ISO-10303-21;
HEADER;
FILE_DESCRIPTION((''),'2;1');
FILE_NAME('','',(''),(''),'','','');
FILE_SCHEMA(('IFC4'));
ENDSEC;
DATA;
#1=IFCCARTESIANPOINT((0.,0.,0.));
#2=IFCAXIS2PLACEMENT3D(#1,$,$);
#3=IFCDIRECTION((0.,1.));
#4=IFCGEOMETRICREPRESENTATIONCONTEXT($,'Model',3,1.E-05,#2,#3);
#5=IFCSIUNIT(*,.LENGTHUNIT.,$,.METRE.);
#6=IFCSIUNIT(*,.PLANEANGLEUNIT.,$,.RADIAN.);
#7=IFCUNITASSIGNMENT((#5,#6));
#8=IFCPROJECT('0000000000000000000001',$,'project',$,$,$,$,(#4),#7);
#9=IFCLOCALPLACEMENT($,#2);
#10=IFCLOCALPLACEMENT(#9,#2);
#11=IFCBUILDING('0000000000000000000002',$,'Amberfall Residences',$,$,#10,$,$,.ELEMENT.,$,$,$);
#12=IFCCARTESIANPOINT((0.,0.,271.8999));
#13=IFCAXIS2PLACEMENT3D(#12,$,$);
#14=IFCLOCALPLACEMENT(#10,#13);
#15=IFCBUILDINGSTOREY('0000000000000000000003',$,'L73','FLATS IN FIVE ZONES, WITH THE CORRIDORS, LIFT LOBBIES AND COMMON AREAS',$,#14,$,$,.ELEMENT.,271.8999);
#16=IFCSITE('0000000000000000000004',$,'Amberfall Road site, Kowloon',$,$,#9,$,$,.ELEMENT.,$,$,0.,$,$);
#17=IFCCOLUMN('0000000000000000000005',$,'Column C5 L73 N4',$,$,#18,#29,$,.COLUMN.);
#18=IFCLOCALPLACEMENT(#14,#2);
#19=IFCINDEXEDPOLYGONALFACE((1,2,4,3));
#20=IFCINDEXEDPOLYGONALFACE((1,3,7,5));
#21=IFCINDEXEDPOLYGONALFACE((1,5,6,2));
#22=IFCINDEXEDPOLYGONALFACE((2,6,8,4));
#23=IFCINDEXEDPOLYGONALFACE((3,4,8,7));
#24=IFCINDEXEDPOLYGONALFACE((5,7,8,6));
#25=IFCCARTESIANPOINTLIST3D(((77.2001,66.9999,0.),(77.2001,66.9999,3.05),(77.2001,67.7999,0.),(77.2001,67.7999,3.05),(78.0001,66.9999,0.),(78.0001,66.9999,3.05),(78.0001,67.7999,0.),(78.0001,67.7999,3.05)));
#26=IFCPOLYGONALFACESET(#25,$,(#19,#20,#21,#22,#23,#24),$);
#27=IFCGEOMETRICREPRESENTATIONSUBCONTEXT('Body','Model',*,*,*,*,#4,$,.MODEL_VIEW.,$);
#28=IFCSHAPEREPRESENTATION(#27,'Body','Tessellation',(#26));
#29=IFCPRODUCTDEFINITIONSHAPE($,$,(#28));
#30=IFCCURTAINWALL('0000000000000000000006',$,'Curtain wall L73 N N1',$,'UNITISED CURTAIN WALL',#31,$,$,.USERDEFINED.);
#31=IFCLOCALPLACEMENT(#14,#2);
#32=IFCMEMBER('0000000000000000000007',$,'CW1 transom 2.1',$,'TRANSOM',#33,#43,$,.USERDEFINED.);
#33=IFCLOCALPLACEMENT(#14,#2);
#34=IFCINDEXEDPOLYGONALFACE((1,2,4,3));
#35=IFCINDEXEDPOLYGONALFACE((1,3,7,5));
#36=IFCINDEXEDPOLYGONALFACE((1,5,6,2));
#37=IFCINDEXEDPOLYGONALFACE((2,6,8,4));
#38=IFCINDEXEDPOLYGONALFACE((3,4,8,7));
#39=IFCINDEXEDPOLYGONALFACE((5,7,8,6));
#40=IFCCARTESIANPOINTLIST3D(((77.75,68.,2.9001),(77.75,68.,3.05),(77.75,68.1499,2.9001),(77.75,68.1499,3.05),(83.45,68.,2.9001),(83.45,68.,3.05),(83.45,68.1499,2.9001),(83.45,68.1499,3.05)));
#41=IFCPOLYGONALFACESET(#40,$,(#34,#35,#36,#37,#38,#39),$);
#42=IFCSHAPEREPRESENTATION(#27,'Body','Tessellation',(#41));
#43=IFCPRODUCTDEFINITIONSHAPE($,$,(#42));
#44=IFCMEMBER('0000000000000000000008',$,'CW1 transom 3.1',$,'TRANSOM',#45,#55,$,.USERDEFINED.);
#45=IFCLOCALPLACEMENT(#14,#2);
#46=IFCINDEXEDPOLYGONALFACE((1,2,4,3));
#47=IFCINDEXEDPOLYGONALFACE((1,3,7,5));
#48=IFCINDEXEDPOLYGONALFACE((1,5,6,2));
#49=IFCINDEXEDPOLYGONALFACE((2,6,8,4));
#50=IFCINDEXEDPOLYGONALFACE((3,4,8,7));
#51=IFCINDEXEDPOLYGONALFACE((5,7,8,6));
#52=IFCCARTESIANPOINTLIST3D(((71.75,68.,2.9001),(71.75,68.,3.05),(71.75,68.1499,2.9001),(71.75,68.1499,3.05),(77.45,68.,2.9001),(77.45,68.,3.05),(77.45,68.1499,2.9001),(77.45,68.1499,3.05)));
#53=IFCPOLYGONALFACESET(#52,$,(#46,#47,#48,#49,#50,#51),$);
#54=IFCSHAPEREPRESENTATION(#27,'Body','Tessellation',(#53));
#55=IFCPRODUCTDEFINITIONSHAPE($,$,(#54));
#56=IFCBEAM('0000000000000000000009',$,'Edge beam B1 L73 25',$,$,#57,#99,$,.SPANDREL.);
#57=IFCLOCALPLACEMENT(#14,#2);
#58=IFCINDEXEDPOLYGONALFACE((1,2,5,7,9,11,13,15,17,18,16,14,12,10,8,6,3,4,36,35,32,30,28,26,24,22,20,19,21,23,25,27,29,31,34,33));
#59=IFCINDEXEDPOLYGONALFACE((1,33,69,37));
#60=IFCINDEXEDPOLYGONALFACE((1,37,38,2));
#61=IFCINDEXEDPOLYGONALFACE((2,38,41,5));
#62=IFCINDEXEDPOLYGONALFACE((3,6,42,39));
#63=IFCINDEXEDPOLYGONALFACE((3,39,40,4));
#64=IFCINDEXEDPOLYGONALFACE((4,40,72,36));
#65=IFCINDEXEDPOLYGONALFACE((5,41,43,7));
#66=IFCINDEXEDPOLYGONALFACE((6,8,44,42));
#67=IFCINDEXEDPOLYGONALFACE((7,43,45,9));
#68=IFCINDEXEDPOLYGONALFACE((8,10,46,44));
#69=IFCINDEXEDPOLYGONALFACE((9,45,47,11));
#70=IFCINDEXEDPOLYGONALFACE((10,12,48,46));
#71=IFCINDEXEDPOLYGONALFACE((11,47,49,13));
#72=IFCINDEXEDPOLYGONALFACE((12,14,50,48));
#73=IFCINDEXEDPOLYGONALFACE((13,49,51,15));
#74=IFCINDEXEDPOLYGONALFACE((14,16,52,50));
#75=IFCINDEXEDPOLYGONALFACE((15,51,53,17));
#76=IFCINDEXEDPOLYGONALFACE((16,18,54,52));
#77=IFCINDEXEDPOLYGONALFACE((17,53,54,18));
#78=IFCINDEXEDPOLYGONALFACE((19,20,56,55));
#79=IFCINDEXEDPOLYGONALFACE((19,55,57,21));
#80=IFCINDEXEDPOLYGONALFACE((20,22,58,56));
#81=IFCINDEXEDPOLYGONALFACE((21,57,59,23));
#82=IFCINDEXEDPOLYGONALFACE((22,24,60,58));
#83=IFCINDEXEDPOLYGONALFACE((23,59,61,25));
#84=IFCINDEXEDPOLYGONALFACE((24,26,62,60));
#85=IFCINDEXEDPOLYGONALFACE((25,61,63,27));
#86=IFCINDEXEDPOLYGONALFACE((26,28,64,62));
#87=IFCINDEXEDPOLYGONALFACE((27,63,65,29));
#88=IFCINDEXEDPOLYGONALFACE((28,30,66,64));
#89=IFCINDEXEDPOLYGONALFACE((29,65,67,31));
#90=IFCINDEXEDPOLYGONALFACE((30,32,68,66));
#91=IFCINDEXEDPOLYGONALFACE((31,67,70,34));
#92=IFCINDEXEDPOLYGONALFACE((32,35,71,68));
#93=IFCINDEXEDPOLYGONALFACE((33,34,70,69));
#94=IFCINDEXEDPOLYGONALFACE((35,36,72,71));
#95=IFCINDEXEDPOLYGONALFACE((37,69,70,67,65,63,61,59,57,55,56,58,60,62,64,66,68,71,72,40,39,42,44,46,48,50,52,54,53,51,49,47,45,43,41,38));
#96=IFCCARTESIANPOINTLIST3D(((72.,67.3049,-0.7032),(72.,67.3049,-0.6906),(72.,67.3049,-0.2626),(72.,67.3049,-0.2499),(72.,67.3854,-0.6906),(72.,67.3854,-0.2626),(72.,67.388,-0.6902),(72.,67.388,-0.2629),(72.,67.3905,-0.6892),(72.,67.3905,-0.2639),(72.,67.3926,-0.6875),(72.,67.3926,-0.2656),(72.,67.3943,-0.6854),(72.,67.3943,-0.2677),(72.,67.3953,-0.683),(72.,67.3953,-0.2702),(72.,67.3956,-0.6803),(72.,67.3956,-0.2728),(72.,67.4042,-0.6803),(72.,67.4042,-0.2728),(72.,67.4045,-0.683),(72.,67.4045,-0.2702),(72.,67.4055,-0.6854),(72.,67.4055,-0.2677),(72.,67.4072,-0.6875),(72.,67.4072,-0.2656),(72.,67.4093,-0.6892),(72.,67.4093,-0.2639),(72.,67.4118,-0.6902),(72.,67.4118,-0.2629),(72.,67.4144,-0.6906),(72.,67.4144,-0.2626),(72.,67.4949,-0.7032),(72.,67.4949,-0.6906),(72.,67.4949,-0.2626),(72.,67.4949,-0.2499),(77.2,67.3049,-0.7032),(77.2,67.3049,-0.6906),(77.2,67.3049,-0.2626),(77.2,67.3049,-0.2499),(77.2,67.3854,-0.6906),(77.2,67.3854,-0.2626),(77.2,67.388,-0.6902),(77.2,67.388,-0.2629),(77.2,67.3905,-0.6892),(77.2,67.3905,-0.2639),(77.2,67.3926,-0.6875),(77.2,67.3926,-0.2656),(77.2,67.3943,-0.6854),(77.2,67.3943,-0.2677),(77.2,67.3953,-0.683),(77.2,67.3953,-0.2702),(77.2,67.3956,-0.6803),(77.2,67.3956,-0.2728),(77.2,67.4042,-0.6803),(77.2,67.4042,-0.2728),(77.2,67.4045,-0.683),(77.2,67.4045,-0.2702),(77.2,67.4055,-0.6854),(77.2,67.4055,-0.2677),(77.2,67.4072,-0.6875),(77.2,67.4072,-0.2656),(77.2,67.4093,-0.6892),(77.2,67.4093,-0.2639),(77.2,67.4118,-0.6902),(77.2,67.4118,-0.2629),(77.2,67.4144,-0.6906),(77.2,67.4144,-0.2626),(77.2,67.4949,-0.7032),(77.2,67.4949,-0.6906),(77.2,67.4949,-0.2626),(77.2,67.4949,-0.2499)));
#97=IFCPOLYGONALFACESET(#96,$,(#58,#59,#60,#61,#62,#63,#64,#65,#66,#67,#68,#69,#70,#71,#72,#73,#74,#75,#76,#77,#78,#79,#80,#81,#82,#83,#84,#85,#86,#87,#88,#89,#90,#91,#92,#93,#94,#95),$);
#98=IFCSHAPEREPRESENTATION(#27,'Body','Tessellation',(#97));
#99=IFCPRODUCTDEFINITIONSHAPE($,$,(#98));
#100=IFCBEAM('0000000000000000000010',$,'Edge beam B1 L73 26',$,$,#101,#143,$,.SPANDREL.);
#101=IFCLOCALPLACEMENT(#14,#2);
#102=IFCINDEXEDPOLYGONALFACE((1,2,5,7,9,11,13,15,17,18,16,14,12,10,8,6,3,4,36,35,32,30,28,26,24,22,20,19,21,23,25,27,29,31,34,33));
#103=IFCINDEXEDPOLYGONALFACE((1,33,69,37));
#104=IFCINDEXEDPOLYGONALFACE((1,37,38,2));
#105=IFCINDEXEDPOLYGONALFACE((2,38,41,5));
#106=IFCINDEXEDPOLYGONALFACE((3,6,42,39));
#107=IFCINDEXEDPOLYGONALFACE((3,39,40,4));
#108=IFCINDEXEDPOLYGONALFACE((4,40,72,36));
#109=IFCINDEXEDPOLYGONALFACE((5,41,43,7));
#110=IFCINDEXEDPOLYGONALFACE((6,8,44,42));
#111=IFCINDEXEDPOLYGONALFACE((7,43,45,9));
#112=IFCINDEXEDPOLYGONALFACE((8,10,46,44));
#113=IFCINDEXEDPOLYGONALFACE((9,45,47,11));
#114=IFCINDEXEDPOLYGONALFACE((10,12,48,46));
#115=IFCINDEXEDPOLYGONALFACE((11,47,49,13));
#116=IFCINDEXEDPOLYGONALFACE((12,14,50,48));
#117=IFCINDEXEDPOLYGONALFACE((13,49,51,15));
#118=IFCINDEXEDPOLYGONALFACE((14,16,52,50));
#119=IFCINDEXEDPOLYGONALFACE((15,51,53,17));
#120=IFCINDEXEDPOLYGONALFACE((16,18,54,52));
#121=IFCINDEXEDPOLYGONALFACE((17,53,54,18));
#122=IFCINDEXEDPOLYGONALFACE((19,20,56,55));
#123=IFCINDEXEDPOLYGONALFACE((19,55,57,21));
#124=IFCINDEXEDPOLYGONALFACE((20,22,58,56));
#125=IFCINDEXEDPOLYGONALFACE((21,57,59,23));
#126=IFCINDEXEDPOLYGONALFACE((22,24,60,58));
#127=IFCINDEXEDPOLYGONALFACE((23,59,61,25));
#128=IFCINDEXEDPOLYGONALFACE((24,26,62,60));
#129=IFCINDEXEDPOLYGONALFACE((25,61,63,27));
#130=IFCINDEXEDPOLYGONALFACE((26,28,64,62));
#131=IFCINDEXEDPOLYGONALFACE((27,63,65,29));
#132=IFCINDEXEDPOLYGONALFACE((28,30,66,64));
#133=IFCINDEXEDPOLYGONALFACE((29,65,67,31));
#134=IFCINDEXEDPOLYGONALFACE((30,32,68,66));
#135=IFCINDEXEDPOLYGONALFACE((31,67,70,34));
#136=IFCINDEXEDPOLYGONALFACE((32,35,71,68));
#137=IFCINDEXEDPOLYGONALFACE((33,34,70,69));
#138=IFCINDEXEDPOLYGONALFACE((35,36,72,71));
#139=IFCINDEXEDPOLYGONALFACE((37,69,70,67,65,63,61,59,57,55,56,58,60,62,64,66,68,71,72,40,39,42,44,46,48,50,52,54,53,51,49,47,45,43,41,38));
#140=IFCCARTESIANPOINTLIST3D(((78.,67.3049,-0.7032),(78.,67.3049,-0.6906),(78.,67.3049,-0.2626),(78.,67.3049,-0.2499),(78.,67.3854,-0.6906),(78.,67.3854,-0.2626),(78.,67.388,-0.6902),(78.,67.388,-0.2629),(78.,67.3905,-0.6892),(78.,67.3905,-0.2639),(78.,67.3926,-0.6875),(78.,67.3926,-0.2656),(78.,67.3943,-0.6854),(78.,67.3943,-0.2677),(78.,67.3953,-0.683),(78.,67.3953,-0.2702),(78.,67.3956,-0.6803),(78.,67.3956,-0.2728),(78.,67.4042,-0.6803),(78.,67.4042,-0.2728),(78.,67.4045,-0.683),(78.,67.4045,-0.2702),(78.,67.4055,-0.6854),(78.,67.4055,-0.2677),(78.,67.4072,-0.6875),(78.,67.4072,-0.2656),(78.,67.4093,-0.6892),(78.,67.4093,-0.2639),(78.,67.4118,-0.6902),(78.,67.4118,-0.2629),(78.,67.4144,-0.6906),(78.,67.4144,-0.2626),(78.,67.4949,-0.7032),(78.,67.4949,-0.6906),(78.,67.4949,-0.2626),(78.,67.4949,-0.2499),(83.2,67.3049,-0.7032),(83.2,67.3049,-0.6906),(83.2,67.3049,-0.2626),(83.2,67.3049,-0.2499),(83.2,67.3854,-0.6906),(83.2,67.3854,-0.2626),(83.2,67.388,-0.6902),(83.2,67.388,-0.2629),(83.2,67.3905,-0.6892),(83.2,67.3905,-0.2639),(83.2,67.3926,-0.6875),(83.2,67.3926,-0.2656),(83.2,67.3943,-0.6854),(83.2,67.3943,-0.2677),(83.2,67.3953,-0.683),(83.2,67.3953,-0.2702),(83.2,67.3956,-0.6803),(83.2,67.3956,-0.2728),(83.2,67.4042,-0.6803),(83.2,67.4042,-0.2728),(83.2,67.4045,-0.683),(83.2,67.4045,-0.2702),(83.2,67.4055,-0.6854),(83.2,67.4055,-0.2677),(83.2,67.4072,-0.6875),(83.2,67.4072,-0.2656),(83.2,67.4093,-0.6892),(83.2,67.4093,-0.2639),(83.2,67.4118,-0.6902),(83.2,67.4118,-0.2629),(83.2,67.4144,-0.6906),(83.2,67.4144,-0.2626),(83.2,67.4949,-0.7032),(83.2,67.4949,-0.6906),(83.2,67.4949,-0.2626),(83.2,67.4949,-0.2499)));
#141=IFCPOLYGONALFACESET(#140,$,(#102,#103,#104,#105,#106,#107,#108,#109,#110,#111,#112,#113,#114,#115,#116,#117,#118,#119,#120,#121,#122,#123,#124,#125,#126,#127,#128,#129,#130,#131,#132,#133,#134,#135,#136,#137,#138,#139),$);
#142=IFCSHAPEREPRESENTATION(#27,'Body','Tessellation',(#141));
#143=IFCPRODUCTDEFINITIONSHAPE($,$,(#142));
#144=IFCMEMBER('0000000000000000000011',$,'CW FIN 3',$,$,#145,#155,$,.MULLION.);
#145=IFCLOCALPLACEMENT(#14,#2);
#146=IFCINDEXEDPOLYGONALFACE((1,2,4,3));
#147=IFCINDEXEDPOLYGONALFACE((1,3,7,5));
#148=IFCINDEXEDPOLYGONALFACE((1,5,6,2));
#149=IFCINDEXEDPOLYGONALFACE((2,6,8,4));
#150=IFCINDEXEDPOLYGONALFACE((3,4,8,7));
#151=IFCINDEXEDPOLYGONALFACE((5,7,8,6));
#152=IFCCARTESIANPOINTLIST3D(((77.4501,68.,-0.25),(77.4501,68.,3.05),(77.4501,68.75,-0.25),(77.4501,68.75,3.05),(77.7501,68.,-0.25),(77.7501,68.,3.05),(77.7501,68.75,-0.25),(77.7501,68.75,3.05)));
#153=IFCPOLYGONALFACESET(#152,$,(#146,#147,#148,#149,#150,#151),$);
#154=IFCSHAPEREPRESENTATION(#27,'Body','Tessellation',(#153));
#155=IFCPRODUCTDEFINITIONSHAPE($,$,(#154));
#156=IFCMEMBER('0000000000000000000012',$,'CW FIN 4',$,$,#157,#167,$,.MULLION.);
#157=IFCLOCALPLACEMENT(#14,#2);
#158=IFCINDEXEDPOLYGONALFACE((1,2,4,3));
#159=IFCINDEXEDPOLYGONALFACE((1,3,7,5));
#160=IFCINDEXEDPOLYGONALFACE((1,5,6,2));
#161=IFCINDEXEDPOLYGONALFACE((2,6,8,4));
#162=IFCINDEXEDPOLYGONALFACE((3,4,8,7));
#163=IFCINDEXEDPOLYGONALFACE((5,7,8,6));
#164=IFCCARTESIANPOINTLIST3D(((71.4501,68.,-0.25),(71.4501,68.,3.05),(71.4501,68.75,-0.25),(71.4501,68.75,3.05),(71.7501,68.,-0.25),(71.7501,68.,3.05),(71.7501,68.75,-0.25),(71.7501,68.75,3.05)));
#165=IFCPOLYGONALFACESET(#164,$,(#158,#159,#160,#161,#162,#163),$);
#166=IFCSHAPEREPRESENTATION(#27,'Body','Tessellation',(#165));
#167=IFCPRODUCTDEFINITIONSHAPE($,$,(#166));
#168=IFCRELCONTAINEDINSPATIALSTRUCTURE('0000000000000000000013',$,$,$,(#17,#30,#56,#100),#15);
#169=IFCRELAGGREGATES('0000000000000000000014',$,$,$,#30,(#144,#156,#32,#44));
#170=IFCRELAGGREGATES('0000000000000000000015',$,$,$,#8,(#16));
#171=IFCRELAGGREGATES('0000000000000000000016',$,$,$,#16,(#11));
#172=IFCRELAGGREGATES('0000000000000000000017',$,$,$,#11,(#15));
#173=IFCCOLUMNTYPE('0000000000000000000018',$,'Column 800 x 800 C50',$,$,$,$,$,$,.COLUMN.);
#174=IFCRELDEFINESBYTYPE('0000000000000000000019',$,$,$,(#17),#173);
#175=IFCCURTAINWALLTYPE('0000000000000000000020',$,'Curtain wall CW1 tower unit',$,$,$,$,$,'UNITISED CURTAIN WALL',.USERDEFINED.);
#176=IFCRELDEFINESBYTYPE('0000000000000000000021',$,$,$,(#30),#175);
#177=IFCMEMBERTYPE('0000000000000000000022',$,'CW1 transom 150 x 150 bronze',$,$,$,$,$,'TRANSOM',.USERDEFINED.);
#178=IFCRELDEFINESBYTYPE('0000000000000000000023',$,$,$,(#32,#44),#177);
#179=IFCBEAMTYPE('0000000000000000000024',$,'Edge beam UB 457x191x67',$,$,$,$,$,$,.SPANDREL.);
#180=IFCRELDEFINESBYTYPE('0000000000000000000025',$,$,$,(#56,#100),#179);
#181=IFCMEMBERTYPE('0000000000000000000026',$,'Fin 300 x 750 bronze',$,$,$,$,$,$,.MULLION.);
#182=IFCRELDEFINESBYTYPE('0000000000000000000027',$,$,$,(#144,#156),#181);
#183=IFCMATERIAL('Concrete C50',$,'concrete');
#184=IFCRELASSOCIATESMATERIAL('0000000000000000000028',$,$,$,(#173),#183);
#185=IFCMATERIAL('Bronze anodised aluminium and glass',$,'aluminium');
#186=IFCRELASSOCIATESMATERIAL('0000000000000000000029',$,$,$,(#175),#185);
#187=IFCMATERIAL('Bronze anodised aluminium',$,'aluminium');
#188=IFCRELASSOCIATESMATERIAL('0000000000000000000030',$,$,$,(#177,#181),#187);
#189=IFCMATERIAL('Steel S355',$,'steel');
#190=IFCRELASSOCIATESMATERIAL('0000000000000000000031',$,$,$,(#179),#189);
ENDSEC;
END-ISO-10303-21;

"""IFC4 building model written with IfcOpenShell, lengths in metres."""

from ifc_helpers import new_model, si_unit, direction, frame, origin, origin_2d, place, context, subcontext, project, spatial, rectangle, i_section, extrude, material, material_profile, profile_set, type_object, element, aggregate, save


model = new_model("IFC4")

# Units and contexts
model_context = context("Model", 3, precision=1e-05, world=origin(), true_north=direction((0.0, 1.0)))
body_context = subcontext(model_context, "Body", "Model", "MODEL_VIEW")
ifc_project = project(units=[si_unit("LENGTHUNIT", "METRE"), si_unit("PLANEANGLEUNIT", "RADIAN")], contexts=[model_context])

# Site, building, storey
site_placement = place(None, origin())
site = spatial("IfcSite", under=ifc_project, at=site_placement, Name="Amberfall Road site, Kowloon", CompositionType="ELEMENT", RefElevation=0.0)
building_placement = place(site_placement, origin())
building = spatial("IfcBuilding", under=site, at=building_placement, Name="Amberfall Residences", CompositionType="ELEMENT")
storey_placement = place(building_placement, frame((0.0, 0.0, 271.8999)))
storey = spatial("IfcBuildingStorey", under=building, at=storey_placement, Name="L73", Description="FLATS IN FIVE ZONES, WITH THE CORRIDORS, LIFT LOBBIES AND COMMON AREAS", CompositionType="ELEMENT", Elevation=271.8999)

# Column
ifc_material_1 = material(Name="Concrete C50", Category="concrete")
ifc_material_profile_1 = material_profile(ifc_material_1, rectangle(XDim=0.8, YDim=0.8, at=origin_2d()), Name="Column 800 x 800 C50")
ifc_profile_set_1 = profile_set([ifc_material_profile_1], Name="Concrete C50")
column_type = type_object("IfcColumnType", Name="Column 800 x 800 C50", PredefinedType="COLUMN", material=ifc_profile_set_1)
column_placement = place(storey_placement, frame((77.6001, 67.3999, 0.0), z_axis=(0.0, 0.0, 1.0), x_axis=(1.0, 0.0, 0.0)))
element("IfcColumn", 1, at=column_placement, inside=storey, type_object=column_type, Name="Column C5 L73 N4", PredefinedType="COLUMN", context=body_context, shape_type="SweptSolid", body=[
    extrude(rectangle(XDim=0.8, YDim=0.8, at=origin_2d()), origin(), (0.0, 0.0, 1.0), 3.05),
])

# Curtain wall, members
ifc_material_2 = material(Name="Bronze anodised aluminium and glass", Category="aluminium")
curtain_wall_type = type_object("IfcCurtainWallType", Name="Curtain wall CW1 tower unit", ElementType="UNITISED CURTAIN WALL", PredefinedType="USERDEFINED", material=ifc_material_2)
curtain_wall_placement = place(storey_placement, origin())
curtain_wall = element("IfcCurtainWall", 2, at=curtain_wall_placement, inside=storey, type_object=curtain_wall_type, Name="Curtain wall L73 N N1", ObjectType="UNITISED CURTAIN WALL", PredefinedType="USERDEFINED")
ifc_material_3 = material(Name="Bronze anodised aluminium", Category="aluminium")
ifc_material_profile_2 = material_profile(ifc_material_3, rectangle(XDim=0.1499, YDim=0.1499, at=origin_2d()), Name="CW1 transom 150 x 150 bronze")
ifc_profile_set_2 = profile_set([ifc_material_profile_2], Name="Bronze anodised aluminium")
member_type_1 = type_object("IfcMemberType", Name="CW1 transom 150 x 150 bronze", ElementType="TRANSOM", PredefinedType="USERDEFINED", material=ifc_profile_set_2)
member_1_placement = place(storey_placement, frame((83.45, 68.075, 2.9751), z_axis=(-1.0, 0.0, 0.0), x_axis=(0.0, -1.0, 0.0)))
member_1 = element("IfcMember", 3, at=member_1_placement, type_object=member_type_1, Name="CW1 transom 2.1", ObjectType="TRANSOM", PredefinedType="USERDEFINED", context=body_context, shape_type="SweptSolid", body=[
    extrude(rectangle(XDim=0.1499, YDim=0.1499, at=origin_2d()), origin(), (0.0, 0.0, 1.0), 5.7),
])
member_2_placement = place(storey_placement, frame((77.45, 68.075, 2.9751), z_axis=(-1.0, 0.0, 0.0), x_axis=(0.0, -1.0, 0.0)))
member_2 = element("IfcMember", 4, at=member_2_placement, type_object=member_type_1, Name="CW1 transom 3.1", ObjectType="TRANSOM", PredefinedType="USERDEFINED", context=body_context, shape_type="SweptSolid", body=[
    extrude(rectangle(XDim=0.1499, YDim=0.1499, at=origin_2d()), origin(), (0.0, 0.0, 1.0), 5.7),
])

# Beams
ifc_material_4 = material(Name="Steel S355", Category="steel")
ifc_material_profile_3 = material_profile(ifc_material_4, i_section(OverallWidth=0.1899, OverallDepth=0.4534, WebThickness=0.0085, FlangeThickness=0.0127, FilletRadius=0.0103, at=origin_2d()), Name="UB 457x191x67")
ifc_profile_set_3 = profile_set([ifc_material_profile_3], Name="Steel S355")
beam_type_1 = type_object("IfcBeamType", Name="Edge beam UB 457x191x67", PredefinedType="SPANDREL", material=ifc_profile_set_3)
for number, where, z_axis, x_axis, name in (
    (5, (72.0, 67.3999, -0.4766), (1.0, 0.0, 0.0), (0.0, 1.0, 0.0), "Edge beam B1 L73 25"),
    (6, (78.0, 67.3999, -0.4766), (1.0, 0.0, 0.0), (0.0, 1.0, 0.0), "Edge beam B1 L73 26"),
):
    element("IfcBeam", number, at=place(storey_placement, frame(where, z_axis=z_axis, x_axis=x_axis)), inside=storey, type_object=beam_type_1, Name=name, PredefinedType="SPANDREL", context=body_context, shape_type="SweptSolid", body=[
        extrude(i_section(OverallWidth=0.1899, OverallDepth=0.4534, WebThickness=0.0085, FlangeThickness=0.0127, FilletRadius=0.0103, at=origin_2d()), origin(), (0.0, 0.0, 1.0), 5.2),
    ])

# Members
ifc_material_profile_4 = material_profile(ifc_material_3, rectangle(XDim=0.75, YDim=0.3, at=origin_2d()), Name="Fin 300 x 750 bronze")
ifc_profile_set_4 = profile_set([ifc_material_profile_4], Name="Bronze anodised aluminium")
member_type_2 = type_object("IfcMemberType", Name="Fin 300 x 750 bronze", PredefinedType="MULLION", material=ifc_profile_set_4)
member_3_placement = place(storey_placement, frame((77.6001, 68.375, -0.25), z_axis=(0.0, 0.0, 1.0), x_axis=(0.0, -1.0, 0.0)))
member_3 = element("IfcMember", 7, at=member_3_placement, type_object=member_type_2, Name="CW FIN 3", PredefinedType="MULLION", context=body_context, shape_type="SweptSolid", body=[
    extrude(rectangle(XDim=0.75, YDim=0.3, at=origin_2d()), origin(), (0.0, 0.0, 1.0), 3.3),
])
member_4_placement = place(storey_placement, frame((71.6001, 68.375, -0.25), z_axis=(0.0, 0.0, 1.0), x_axis=(0.0, -1.0, 0.0)))
member_4 = element("IfcMember", 8, at=member_4_placement, type_object=member_type_2, Name="CW FIN 4", PredefinedType="MULLION", context=body_context, shape_type="SweptSolid", body=[
    extrude(rectangle(XDim=0.75, YDim=0.3, at=origin_2d()), origin(), (0.0, 0.0, 1.0), 3.3),
])

aggregate(curtain_wall, [member_3, member_4, member_1, member_2])

save(model, "model.ifc")
